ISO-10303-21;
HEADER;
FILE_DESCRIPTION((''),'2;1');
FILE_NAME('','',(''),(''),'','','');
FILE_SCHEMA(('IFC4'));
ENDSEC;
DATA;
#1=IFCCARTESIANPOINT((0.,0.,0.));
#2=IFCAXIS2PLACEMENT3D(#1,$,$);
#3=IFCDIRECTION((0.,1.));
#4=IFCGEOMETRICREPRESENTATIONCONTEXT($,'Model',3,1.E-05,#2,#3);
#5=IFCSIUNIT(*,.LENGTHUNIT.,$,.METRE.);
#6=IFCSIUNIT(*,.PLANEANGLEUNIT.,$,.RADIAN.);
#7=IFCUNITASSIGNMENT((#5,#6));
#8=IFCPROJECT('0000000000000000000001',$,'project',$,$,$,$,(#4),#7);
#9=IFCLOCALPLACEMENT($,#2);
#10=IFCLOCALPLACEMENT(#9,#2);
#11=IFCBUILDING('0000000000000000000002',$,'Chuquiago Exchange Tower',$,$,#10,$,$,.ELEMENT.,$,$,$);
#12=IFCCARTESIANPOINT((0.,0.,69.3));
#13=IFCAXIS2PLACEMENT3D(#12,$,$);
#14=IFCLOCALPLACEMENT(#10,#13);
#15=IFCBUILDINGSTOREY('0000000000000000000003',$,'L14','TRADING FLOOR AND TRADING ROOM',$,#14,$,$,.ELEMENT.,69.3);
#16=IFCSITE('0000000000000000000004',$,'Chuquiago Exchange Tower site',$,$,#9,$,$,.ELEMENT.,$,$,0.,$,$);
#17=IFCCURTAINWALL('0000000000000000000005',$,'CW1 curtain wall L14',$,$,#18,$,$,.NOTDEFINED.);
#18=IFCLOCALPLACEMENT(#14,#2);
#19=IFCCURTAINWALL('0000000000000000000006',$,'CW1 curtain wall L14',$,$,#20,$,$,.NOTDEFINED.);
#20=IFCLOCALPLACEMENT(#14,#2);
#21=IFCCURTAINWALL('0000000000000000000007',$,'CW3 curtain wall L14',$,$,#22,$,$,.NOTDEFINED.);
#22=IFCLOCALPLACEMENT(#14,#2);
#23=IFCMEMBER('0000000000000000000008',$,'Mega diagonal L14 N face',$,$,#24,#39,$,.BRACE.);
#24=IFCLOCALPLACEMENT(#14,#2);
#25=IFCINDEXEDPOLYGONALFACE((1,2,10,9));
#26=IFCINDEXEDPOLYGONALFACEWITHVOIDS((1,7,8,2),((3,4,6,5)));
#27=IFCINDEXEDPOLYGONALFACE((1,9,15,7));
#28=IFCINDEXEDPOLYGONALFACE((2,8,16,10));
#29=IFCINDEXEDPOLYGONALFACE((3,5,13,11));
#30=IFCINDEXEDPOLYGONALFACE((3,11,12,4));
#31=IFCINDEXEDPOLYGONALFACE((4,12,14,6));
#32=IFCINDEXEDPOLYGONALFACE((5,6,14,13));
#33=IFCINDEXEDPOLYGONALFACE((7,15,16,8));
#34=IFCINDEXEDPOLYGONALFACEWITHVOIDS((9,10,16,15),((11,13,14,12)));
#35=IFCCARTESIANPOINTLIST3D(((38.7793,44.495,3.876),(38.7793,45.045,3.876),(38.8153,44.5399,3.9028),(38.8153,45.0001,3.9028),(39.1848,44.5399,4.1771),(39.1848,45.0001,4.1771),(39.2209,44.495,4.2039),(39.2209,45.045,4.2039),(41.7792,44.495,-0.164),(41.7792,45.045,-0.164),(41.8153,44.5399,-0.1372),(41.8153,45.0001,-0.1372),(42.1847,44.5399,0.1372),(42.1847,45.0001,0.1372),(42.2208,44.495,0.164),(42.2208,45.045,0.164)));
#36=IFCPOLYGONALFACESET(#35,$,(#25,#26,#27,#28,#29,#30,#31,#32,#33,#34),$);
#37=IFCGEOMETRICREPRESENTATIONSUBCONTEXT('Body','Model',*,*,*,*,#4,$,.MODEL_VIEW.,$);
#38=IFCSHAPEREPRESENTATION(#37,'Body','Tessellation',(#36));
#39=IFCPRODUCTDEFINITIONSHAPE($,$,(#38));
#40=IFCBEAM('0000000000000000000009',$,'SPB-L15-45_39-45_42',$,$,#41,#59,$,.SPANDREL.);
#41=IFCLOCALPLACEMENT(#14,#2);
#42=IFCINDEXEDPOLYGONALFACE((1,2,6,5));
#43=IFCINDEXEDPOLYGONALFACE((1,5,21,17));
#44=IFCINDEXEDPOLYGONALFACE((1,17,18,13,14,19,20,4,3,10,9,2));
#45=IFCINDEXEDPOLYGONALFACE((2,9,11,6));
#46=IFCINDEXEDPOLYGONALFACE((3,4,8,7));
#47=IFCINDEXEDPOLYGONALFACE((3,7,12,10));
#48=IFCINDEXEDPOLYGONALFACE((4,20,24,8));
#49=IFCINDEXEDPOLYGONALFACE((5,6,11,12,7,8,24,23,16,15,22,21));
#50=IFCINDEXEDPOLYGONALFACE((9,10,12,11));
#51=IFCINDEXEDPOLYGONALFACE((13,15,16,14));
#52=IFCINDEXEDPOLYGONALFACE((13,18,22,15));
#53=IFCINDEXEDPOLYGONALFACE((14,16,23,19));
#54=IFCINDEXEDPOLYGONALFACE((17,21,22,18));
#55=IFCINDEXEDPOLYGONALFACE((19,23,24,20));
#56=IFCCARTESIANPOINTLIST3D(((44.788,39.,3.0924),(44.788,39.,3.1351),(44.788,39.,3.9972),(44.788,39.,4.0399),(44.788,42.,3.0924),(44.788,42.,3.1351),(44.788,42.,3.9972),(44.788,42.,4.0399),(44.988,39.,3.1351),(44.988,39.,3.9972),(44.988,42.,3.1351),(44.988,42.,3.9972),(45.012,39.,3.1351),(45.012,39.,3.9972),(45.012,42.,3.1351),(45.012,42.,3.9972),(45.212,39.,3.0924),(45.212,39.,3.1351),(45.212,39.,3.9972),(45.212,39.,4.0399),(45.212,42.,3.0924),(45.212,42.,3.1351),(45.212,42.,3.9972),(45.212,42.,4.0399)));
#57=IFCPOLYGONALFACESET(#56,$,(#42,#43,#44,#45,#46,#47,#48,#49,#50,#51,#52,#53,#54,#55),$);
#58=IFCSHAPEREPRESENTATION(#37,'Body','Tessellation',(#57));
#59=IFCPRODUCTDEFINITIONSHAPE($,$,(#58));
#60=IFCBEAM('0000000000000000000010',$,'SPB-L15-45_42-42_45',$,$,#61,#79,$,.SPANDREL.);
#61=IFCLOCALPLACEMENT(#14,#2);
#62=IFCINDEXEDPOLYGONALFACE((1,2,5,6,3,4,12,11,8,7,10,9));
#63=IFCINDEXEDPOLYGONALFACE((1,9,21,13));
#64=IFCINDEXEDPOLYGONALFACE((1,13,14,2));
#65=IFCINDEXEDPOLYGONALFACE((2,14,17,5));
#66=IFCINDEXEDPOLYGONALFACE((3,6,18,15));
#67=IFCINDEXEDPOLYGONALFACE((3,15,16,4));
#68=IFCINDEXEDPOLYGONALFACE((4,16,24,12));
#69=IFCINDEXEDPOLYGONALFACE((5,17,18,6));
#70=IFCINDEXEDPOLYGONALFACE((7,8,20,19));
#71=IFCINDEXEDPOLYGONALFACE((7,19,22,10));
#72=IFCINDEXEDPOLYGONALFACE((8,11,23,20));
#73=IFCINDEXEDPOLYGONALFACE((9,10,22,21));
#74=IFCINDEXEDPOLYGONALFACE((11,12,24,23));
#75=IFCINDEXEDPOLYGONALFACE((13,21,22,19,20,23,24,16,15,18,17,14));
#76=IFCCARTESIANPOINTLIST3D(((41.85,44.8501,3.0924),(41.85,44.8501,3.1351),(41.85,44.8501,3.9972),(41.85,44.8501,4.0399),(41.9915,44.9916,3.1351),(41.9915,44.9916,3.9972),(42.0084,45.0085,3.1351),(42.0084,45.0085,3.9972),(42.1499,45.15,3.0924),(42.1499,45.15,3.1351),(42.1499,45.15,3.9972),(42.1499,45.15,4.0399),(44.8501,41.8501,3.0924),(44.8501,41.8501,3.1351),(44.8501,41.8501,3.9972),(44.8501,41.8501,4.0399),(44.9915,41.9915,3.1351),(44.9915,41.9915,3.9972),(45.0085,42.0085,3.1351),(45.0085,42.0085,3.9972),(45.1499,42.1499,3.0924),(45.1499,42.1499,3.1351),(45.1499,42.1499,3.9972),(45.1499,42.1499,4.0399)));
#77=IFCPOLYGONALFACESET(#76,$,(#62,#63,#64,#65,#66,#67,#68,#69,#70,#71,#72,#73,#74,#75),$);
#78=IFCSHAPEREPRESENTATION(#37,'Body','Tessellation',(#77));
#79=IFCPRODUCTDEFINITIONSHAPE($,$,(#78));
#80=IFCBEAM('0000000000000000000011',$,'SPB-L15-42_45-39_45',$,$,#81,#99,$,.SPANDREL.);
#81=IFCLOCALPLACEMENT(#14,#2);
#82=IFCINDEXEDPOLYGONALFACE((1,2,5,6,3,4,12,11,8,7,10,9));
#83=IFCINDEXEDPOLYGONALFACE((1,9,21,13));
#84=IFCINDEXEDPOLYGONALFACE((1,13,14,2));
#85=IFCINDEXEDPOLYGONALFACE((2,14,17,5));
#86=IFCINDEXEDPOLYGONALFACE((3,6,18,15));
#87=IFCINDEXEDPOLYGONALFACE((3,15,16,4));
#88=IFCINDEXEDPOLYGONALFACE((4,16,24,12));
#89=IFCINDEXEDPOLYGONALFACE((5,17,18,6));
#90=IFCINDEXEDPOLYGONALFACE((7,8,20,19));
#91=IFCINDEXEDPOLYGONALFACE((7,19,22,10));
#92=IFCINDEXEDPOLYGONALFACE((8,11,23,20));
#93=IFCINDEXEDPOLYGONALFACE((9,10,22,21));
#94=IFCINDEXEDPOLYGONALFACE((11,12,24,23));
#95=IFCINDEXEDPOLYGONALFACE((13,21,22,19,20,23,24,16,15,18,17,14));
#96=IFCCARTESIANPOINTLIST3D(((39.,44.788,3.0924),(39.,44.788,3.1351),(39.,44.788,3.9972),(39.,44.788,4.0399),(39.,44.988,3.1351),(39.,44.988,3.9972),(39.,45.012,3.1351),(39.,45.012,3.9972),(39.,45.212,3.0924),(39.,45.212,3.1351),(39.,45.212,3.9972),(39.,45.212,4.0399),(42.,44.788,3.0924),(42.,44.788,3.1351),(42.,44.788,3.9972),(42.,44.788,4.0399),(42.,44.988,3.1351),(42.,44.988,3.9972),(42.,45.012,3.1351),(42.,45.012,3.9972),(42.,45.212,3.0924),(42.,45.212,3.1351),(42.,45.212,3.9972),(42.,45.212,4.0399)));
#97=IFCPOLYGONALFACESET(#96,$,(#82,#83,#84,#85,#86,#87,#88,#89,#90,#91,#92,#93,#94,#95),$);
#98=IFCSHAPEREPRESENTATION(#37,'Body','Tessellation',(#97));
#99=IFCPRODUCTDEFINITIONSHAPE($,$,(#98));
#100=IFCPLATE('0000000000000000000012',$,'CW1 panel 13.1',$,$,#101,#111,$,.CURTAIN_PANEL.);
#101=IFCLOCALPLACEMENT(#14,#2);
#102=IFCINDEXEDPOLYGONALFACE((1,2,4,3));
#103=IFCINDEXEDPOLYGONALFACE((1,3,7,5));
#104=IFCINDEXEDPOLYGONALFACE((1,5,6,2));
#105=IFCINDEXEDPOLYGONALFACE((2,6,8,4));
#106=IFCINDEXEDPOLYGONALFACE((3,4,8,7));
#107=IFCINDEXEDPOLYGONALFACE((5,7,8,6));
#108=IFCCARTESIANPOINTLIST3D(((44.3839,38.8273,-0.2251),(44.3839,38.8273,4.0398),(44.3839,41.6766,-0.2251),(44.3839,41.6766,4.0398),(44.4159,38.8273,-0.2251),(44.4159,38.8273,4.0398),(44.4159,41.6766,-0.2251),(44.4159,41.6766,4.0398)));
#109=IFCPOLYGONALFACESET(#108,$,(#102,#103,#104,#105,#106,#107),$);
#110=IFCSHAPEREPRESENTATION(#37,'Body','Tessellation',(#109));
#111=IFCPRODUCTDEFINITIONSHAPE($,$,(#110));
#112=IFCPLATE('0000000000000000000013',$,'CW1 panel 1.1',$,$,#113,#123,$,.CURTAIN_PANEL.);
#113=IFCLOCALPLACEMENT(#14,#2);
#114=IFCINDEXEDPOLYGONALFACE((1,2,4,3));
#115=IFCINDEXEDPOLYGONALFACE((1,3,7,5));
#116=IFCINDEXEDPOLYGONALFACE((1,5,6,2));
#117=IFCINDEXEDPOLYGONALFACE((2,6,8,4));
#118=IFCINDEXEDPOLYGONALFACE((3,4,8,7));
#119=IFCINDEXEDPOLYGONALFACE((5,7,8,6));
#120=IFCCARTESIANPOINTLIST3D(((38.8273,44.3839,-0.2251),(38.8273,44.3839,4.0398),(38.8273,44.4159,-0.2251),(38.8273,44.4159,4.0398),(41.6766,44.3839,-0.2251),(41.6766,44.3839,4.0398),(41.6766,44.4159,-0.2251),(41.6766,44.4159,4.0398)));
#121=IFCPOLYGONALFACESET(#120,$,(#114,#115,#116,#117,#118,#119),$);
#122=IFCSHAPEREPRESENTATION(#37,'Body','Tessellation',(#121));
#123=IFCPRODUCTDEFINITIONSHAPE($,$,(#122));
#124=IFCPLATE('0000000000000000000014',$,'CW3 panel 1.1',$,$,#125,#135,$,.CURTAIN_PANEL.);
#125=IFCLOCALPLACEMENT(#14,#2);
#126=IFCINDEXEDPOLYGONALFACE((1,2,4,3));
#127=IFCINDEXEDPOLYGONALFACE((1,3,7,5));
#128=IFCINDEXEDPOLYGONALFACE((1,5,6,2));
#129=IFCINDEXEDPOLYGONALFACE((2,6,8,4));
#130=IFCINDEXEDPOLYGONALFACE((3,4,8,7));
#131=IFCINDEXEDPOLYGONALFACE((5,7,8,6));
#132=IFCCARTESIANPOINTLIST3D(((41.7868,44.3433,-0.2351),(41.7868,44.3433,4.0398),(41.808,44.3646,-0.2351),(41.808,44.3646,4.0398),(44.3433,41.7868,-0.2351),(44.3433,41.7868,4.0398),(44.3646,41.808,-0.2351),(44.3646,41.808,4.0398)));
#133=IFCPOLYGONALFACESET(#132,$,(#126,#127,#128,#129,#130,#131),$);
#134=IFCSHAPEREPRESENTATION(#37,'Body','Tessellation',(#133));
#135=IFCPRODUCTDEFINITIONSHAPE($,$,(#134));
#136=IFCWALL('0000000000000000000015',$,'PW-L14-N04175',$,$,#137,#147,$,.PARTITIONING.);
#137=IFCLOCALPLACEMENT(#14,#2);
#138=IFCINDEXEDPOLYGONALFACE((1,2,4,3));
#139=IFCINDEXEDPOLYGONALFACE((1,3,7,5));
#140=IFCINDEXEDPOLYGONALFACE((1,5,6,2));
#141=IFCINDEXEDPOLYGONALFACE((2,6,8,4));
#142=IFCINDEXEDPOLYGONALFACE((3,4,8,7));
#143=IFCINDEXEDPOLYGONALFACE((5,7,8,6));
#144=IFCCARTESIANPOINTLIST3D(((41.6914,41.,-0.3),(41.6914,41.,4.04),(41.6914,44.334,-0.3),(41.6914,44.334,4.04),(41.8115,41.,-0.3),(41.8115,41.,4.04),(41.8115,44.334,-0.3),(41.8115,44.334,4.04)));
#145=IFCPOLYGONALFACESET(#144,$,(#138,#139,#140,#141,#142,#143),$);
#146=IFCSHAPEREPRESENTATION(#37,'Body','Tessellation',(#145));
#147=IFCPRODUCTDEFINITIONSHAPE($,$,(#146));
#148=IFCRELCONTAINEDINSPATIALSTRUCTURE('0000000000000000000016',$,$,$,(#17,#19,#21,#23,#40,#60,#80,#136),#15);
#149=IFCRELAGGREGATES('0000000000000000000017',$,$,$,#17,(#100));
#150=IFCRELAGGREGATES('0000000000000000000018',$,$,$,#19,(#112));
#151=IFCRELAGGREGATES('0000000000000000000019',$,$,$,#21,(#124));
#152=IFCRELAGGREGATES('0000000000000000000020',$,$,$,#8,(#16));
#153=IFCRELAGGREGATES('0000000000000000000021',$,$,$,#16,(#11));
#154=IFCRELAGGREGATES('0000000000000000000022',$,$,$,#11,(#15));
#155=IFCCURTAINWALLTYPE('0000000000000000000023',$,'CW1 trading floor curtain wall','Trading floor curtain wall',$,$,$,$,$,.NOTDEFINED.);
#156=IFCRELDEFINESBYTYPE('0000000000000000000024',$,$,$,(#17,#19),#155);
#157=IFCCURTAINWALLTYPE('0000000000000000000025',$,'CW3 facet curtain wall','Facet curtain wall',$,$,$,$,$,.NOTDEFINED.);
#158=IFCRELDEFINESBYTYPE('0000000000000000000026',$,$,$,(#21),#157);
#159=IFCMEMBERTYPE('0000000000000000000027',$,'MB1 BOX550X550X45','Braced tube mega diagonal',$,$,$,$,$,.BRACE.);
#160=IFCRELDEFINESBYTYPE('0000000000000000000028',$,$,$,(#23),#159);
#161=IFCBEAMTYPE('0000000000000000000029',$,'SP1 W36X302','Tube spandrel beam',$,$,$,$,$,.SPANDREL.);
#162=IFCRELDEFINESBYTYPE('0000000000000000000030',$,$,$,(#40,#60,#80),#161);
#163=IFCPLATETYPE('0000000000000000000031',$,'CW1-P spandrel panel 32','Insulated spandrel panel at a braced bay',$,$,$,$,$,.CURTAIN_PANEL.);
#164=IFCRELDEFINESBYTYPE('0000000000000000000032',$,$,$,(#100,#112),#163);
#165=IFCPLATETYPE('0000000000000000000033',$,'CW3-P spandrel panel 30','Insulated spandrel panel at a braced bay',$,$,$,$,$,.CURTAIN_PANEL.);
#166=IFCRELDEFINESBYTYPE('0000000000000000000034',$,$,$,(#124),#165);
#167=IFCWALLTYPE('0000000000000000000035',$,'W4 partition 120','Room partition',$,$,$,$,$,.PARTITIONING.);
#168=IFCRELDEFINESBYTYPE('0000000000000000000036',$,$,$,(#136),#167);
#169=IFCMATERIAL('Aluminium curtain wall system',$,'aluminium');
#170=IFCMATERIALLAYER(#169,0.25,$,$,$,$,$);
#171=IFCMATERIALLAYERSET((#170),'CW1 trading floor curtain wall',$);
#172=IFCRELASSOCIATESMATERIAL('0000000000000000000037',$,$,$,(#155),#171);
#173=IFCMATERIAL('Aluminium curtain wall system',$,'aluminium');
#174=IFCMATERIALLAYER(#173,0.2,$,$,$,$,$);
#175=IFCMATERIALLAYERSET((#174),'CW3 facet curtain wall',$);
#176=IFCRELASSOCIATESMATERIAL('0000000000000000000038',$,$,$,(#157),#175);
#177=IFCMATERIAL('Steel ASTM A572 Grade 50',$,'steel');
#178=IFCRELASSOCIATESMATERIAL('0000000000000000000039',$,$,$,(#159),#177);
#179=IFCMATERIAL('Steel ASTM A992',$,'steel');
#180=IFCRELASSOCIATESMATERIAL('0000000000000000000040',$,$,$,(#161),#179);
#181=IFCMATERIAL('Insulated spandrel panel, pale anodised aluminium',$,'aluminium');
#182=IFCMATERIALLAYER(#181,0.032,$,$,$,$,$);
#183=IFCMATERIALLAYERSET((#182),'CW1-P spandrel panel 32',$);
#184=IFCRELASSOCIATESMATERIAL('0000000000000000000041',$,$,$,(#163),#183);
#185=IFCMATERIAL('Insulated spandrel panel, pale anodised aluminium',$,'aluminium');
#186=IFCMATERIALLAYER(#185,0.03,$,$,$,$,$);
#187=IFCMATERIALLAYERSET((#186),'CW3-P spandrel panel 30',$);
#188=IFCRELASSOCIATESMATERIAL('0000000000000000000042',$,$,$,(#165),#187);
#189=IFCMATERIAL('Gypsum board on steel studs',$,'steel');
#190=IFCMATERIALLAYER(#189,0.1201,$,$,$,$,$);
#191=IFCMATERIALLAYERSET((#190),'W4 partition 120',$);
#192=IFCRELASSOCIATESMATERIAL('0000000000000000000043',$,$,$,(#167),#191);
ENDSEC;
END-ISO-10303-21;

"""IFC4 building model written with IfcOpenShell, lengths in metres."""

from ifc_helpers import new_model, si_unit, direction, frame, frame_2d, origin, origin_2d, place, context, subcontext, project, spatial, rectangle, hollow_rectangle, i_section, extrude, material, layer, layer_set, material_profile, profile_set, type_object, element, aggregate, save


model = new_model("IFC4")

# Units and contexts
model_context = context("Model", 3, precision=1e-05, world=origin(), true_north=direction((0.0, 1.0)))
body_context = subcontext(model_context, "Body", "Model", "MODEL_VIEW")
ifc_project = project(units=[si_unit("LENGTHUNIT", "METRE"), si_unit("PLANEANGLEUNIT", "RADIAN")], contexts=[model_context])

# Site, building, storey
site_placement = place(None, origin())
site = spatial("IfcSite", under=ifc_project, at=site_placement, Name="Chuquiago Exchange Tower site", CompositionType="ELEMENT", RefElevation=0.0)
building_placement = place(site_placement, origin())
building = spatial("IfcBuilding", under=site, at=building_placement, Name="Chuquiago Exchange Tower", CompositionType="ELEMENT")
storey_placement = place(building_placement, frame((0.0, 0.0, 69.3)))
storey = spatial("IfcBuildingStorey", under=building, at=storey_placement, Name="L14", Description="TRADING FLOOR AND TRADING ROOM", CompositionType="ELEMENT", Elevation=69.3)

# Curtain wall
ifc_material_1 = material(Name="Aluminium curtain wall system", Category="aluminium")
ifc_layer_1 = layer(ifc_material_1, 0.25)
ifc_layer_set_1 = layer_set([ifc_layer_1], Name="CW1 trading floor curtain wall")
curtain_wall_type_1 = type_object("IfcCurtainWallType", Name="CW1 trading floor curtain wall", Description="Trading floor curtain wall", PredefinedType="NOTDEFINED", material=ifc_layer_set_1)
curtain_wall_1_placement = place(storey_placement, origin())
curtain_wall_1 = element("IfcCurtainWall", 1, at=curtain_wall_1_placement, inside=storey, type_object=curtain_wall_type_1, Name="CW1 curtain wall L14", PredefinedType="NOTDEFINED")

# Curtain walls
curtain_wall_2_placement = place(storey_placement, origin())
curtain_wall_2 = element("IfcCurtainWall", 2, at=curtain_wall_2_placement, inside=storey, type_object=curtain_wall_type_1, Name="CW1 curtain wall L14", PredefinedType="NOTDEFINED")
ifc_material_2 = material(Name="Aluminium curtain wall system", Category="aluminium")
ifc_layer_2 = layer(ifc_material_2, 0.2)
ifc_layer_set_2 = layer_set([ifc_layer_2], Name="CW3 facet curtain wall")
curtain_wall_type_2 = type_object("IfcCurtainWallType", Name="CW3 facet curtain wall", Description="Facet curtain wall", PredefinedType="NOTDEFINED", material=ifc_layer_set_2)
curtain_wall_3_placement = place(storey_placement, origin())
curtain_wall_3 = element("IfcCurtainWall", 3, at=curtain_wall_3_placement, inside=storey, type_object=curtain_wall_type_2, Name="CW3 curtain wall L14", PredefinedType="NOTDEFINED")

# Member
ifc_material_3 = material(Name="Steel ASTM A572 Grade 50", Category="steel")
ifc_material_profile_1 = material_profile(ifc_material_3, hollow_rectangle(XDim=0.55, YDim=0.55, WallThickness=0.0449, at=origin_2d()), Name="BOX550X550X45")
ifc_profile_set_1 = profile_set([ifc_material_profile_1], Name="Steel ASTM A572 Grade 50")
member_type_1 = type_object("IfcMemberType", Name="MB1 BOX550X550X45", Description="Braced tube mega diagonal", PredefinedType="BRACE", material=ifc_profile_set_1)
for number, where, z_axis, x_axis, name in (
    (4, (42.0, 44.77, 0.0), (-0.596174, 0.0, 0.802855), (0.0, -1.0, 0.0), "Mega diagonal L14 N face"),
):
    element("IfcMember", number, at=place(storey_placement, frame(where, z_axis=z_axis, x_axis=x_axis)), inside=storey, type_object=member_type_1, Name=name, PredefinedType="BRACE", context=body_context, shape_type="SweptSolid", body=[
        extrude(hollow_rectangle(XDim=0.55, YDim=0.55, WallThickness=0.0449, at=origin_2d()), origin(), (0.0, 0.0, 1.0), 5.032),
    ])

# Beams
ifc_material_4 = material(Name="Steel ASTM A992", Category="steel")
ifc_material_profile_2 = material_profile(ifc_material_4, i_section(OverallWidth=0.4241, OverallDepth=0.9475, WebThickness=0.0239, FlangeThickness=0.0427, at=origin_2d()), Name="W36X302")
ifc_profile_set_2 = profile_set([ifc_material_profile_2], Name="Steel ASTM A992")
beam_type = type_object("IfcBeamType", Name="SP1 W36X302", Description="Tube spandrel beam", PredefinedType="SPANDREL", material=ifc_profile_set_2)
beam_1_placement = place(storey_placement, frame((45.0, 39.0, 3.5662), z_axis=(0.0, 1.0, 0.0), x_axis=(-1.0, 0.0, 0.0)))
element("IfcBeam", 5, at=beam_1_placement, inside=storey, type_object=beam_type, Name="SPB-L15-45_39-45_42", PredefinedType="SPANDREL", context=body_context, shape_type="SweptSolid", body=[
    extrude(i_section(OverallWidth=0.4241, OverallDepth=0.9475, WebThickness=0.0239, FlangeThickness=0.0427, at=origin_2d()), origin(), (0.0, 0.0, 1.0), 3.0),
])
beam_2_placement = place(storey_placement, frame((45.0, 42.0, 3.5662), z_axis=(-0.707107, 0.707107, 0.0), x_axis=(-0.707107, -0.707107, 0.0)))
element("IfcBeam", 6, at=beam_2_placement, inside=storey, type_object=beam_type, Name="SPB-L15-45_42-42_45", PredefinedType="SPANDREL", context=body_context, shape_type="SweptSolid", body=[
    extrude(i_section(OverallWidth=0.4241, OverallDepth=0.9475, WebThickness=0.0239, FlangeThickness=0.0427, at=origin_2d()), origin(), (0.0, 0.0, 1.0), 4.2427),
])
beam_3_placement = place(storey_placement, frame((42.0, 45.0, 3.5662), z_axis=(-1.0, 0.0, 0.0), x_axis=(0.0, -1.0, 0.0)))
element("IfcBeam", 7, at=beam_3_placement, inside=storey, type_object=beam_type, Name="SPB-L15-42_45-39_45", PredefinedType="SPANDREL", context=body_context, shape_type="SweptSolid", body=[
    extrude(i_section(OverallWidth=0.4241, OverallDepth=0.9475, WebThickness=0.0239, FlangeThickness=0.0427, at=origin_2d()), origin(), (0.0, 0.0, 1.0), 3.0),
])

# Plates
ifc_material_5 = material(Name="Insulated spandrel panel, pale anodised aluminium", Category="aluminium")
ifc_layer_3 = layer(ifc_material_5, 0.032)
ifc_layer_set_3 = layer_set([ifc_layer_3], Name="CW1-P spandrel panel 32")
plate_type_1 = type_object("IfcPlateType", Name="CW1-P spandrel panel 32", Description="Insulated spandrel panel at a braced bay", PredefinedType="CURTAIN_PANEL", material=ifc_layer_set_3)
plate_1_placement = place(storey_placement, frame((44.3999, 40.252, -0.2251), z_axis=(0.0, 0.0, 1.0), x_axis=(0.0, 1.0, 0.0)))
plate_1 = element("IfcPlate", 8, at=plate_1_placement, type_object=plate_type_1, Name="CW1 panel 13.1", PredefinedType="CURTAIN_PANEL", context=body_context, shape_type="SweptSolid", body=[
    extrude(rectangle(XDim=2.8494, YDim=0.032, at=origin_2d()), origin(), (0.0, 0.0, 1.0), 4.2649),
])
aggregate(curtain_wall_1, [plate_1])
plate_2_placement = place(storey_placement, frame((40.252, 44.3999, -0.2251), z_axis=(0.0, 0.0, 1.0), x_axis=(-1.0, 0.0, 0.0)))
plate_2 = element("IfcPlate", 9, at=plate_2_placement, type_object=plate_type_1, Name="CW1 panel 1.1", PredefinedType="CURTAIN_PANEL", context=body_context, shape_type="SweptSolid", body=[
    extrude(rectangle(XDim=2.8494, YDim=0.032, at=origin_2d()), origin(), (0.0, 0.0, 1.0), 4.2649),
])
aggregate(curtain_wall_2, [plate_2])
ifc_material_6 = material(Name="Insulated spandrel panel, pale anodised aluminium", Category="aluminium")
ifc_layer_4 = layer(ifc_material_6, 0.03)
ifc_layer_set_4 = layer_set([ifc_layer_4], Name="CW3-P spandrel panel 30")
plate_type_2 = type_object("IfcPlateType", Name="CW3-P spandrel panel 30", Description="Insulated spandrel panel at a braced bay", PredefinedType="CURTAIN_PANEL", material=ifc_layer_set_4)
plate_3_placement = place(storey_placement, frame((43.0757, 43.0757, -0.2351), z_axis=(0.0, 0.0, 1.0), x_axis=(-0.707107, 0.707107, 0.0)))
plate_3 = element("IfcPlate", 10, at=plate_3_placement, type_object=plate_type_2, Name="CW3 panel 1.1", PredefinedType="CURTAIN_PANEL", context=body_context, shape_type="SweptSolid", body=[
    extrude(rectangle(XDim=3.6155, YDim=0.03, at=origin_2d()), origin(), (0.0, 0.0, 1.0), 4.2749),
])
aggregate(curtain_wall_3, [plate_3])

# Wall
ifc_material_7 = material(Name="Gypsum board on steel studs", Category="steel")
ifc_layer_5 = layer(ifc_material_7, 0.1201)
ifc_layer_set_5 = layer_set([ifc_layer_5], Name="W4 partition 120")
wall_type = type_object("IfcWallType", Name="W4 partition 120", Description="Room partition", PredefinedType="PARTITIONING", material=ifc_layer_set_5)
wall_placement = place(storey_placement, frame((41.7515, 44.334, -0.3), z_axis=(0.0, 0.0, 1.0), x_axis=(0.0, -1.0, 0.0)))
element("IfcWall", 11, at=wall_placement, inside=storey, type_object=wall_type, Name="PW-L14-N04175", PredefinedType="PARTITIONING", context=body_context, shape_type="SweptSolid", body=[
    extrude(rectangle(XDim=3.334, YDim=0.1201, at=frame_2d((1.667, 0.0))), origin(), (0.0, 0.0, 1.0), 4.3401),
])

save(model, "model.ifc")
